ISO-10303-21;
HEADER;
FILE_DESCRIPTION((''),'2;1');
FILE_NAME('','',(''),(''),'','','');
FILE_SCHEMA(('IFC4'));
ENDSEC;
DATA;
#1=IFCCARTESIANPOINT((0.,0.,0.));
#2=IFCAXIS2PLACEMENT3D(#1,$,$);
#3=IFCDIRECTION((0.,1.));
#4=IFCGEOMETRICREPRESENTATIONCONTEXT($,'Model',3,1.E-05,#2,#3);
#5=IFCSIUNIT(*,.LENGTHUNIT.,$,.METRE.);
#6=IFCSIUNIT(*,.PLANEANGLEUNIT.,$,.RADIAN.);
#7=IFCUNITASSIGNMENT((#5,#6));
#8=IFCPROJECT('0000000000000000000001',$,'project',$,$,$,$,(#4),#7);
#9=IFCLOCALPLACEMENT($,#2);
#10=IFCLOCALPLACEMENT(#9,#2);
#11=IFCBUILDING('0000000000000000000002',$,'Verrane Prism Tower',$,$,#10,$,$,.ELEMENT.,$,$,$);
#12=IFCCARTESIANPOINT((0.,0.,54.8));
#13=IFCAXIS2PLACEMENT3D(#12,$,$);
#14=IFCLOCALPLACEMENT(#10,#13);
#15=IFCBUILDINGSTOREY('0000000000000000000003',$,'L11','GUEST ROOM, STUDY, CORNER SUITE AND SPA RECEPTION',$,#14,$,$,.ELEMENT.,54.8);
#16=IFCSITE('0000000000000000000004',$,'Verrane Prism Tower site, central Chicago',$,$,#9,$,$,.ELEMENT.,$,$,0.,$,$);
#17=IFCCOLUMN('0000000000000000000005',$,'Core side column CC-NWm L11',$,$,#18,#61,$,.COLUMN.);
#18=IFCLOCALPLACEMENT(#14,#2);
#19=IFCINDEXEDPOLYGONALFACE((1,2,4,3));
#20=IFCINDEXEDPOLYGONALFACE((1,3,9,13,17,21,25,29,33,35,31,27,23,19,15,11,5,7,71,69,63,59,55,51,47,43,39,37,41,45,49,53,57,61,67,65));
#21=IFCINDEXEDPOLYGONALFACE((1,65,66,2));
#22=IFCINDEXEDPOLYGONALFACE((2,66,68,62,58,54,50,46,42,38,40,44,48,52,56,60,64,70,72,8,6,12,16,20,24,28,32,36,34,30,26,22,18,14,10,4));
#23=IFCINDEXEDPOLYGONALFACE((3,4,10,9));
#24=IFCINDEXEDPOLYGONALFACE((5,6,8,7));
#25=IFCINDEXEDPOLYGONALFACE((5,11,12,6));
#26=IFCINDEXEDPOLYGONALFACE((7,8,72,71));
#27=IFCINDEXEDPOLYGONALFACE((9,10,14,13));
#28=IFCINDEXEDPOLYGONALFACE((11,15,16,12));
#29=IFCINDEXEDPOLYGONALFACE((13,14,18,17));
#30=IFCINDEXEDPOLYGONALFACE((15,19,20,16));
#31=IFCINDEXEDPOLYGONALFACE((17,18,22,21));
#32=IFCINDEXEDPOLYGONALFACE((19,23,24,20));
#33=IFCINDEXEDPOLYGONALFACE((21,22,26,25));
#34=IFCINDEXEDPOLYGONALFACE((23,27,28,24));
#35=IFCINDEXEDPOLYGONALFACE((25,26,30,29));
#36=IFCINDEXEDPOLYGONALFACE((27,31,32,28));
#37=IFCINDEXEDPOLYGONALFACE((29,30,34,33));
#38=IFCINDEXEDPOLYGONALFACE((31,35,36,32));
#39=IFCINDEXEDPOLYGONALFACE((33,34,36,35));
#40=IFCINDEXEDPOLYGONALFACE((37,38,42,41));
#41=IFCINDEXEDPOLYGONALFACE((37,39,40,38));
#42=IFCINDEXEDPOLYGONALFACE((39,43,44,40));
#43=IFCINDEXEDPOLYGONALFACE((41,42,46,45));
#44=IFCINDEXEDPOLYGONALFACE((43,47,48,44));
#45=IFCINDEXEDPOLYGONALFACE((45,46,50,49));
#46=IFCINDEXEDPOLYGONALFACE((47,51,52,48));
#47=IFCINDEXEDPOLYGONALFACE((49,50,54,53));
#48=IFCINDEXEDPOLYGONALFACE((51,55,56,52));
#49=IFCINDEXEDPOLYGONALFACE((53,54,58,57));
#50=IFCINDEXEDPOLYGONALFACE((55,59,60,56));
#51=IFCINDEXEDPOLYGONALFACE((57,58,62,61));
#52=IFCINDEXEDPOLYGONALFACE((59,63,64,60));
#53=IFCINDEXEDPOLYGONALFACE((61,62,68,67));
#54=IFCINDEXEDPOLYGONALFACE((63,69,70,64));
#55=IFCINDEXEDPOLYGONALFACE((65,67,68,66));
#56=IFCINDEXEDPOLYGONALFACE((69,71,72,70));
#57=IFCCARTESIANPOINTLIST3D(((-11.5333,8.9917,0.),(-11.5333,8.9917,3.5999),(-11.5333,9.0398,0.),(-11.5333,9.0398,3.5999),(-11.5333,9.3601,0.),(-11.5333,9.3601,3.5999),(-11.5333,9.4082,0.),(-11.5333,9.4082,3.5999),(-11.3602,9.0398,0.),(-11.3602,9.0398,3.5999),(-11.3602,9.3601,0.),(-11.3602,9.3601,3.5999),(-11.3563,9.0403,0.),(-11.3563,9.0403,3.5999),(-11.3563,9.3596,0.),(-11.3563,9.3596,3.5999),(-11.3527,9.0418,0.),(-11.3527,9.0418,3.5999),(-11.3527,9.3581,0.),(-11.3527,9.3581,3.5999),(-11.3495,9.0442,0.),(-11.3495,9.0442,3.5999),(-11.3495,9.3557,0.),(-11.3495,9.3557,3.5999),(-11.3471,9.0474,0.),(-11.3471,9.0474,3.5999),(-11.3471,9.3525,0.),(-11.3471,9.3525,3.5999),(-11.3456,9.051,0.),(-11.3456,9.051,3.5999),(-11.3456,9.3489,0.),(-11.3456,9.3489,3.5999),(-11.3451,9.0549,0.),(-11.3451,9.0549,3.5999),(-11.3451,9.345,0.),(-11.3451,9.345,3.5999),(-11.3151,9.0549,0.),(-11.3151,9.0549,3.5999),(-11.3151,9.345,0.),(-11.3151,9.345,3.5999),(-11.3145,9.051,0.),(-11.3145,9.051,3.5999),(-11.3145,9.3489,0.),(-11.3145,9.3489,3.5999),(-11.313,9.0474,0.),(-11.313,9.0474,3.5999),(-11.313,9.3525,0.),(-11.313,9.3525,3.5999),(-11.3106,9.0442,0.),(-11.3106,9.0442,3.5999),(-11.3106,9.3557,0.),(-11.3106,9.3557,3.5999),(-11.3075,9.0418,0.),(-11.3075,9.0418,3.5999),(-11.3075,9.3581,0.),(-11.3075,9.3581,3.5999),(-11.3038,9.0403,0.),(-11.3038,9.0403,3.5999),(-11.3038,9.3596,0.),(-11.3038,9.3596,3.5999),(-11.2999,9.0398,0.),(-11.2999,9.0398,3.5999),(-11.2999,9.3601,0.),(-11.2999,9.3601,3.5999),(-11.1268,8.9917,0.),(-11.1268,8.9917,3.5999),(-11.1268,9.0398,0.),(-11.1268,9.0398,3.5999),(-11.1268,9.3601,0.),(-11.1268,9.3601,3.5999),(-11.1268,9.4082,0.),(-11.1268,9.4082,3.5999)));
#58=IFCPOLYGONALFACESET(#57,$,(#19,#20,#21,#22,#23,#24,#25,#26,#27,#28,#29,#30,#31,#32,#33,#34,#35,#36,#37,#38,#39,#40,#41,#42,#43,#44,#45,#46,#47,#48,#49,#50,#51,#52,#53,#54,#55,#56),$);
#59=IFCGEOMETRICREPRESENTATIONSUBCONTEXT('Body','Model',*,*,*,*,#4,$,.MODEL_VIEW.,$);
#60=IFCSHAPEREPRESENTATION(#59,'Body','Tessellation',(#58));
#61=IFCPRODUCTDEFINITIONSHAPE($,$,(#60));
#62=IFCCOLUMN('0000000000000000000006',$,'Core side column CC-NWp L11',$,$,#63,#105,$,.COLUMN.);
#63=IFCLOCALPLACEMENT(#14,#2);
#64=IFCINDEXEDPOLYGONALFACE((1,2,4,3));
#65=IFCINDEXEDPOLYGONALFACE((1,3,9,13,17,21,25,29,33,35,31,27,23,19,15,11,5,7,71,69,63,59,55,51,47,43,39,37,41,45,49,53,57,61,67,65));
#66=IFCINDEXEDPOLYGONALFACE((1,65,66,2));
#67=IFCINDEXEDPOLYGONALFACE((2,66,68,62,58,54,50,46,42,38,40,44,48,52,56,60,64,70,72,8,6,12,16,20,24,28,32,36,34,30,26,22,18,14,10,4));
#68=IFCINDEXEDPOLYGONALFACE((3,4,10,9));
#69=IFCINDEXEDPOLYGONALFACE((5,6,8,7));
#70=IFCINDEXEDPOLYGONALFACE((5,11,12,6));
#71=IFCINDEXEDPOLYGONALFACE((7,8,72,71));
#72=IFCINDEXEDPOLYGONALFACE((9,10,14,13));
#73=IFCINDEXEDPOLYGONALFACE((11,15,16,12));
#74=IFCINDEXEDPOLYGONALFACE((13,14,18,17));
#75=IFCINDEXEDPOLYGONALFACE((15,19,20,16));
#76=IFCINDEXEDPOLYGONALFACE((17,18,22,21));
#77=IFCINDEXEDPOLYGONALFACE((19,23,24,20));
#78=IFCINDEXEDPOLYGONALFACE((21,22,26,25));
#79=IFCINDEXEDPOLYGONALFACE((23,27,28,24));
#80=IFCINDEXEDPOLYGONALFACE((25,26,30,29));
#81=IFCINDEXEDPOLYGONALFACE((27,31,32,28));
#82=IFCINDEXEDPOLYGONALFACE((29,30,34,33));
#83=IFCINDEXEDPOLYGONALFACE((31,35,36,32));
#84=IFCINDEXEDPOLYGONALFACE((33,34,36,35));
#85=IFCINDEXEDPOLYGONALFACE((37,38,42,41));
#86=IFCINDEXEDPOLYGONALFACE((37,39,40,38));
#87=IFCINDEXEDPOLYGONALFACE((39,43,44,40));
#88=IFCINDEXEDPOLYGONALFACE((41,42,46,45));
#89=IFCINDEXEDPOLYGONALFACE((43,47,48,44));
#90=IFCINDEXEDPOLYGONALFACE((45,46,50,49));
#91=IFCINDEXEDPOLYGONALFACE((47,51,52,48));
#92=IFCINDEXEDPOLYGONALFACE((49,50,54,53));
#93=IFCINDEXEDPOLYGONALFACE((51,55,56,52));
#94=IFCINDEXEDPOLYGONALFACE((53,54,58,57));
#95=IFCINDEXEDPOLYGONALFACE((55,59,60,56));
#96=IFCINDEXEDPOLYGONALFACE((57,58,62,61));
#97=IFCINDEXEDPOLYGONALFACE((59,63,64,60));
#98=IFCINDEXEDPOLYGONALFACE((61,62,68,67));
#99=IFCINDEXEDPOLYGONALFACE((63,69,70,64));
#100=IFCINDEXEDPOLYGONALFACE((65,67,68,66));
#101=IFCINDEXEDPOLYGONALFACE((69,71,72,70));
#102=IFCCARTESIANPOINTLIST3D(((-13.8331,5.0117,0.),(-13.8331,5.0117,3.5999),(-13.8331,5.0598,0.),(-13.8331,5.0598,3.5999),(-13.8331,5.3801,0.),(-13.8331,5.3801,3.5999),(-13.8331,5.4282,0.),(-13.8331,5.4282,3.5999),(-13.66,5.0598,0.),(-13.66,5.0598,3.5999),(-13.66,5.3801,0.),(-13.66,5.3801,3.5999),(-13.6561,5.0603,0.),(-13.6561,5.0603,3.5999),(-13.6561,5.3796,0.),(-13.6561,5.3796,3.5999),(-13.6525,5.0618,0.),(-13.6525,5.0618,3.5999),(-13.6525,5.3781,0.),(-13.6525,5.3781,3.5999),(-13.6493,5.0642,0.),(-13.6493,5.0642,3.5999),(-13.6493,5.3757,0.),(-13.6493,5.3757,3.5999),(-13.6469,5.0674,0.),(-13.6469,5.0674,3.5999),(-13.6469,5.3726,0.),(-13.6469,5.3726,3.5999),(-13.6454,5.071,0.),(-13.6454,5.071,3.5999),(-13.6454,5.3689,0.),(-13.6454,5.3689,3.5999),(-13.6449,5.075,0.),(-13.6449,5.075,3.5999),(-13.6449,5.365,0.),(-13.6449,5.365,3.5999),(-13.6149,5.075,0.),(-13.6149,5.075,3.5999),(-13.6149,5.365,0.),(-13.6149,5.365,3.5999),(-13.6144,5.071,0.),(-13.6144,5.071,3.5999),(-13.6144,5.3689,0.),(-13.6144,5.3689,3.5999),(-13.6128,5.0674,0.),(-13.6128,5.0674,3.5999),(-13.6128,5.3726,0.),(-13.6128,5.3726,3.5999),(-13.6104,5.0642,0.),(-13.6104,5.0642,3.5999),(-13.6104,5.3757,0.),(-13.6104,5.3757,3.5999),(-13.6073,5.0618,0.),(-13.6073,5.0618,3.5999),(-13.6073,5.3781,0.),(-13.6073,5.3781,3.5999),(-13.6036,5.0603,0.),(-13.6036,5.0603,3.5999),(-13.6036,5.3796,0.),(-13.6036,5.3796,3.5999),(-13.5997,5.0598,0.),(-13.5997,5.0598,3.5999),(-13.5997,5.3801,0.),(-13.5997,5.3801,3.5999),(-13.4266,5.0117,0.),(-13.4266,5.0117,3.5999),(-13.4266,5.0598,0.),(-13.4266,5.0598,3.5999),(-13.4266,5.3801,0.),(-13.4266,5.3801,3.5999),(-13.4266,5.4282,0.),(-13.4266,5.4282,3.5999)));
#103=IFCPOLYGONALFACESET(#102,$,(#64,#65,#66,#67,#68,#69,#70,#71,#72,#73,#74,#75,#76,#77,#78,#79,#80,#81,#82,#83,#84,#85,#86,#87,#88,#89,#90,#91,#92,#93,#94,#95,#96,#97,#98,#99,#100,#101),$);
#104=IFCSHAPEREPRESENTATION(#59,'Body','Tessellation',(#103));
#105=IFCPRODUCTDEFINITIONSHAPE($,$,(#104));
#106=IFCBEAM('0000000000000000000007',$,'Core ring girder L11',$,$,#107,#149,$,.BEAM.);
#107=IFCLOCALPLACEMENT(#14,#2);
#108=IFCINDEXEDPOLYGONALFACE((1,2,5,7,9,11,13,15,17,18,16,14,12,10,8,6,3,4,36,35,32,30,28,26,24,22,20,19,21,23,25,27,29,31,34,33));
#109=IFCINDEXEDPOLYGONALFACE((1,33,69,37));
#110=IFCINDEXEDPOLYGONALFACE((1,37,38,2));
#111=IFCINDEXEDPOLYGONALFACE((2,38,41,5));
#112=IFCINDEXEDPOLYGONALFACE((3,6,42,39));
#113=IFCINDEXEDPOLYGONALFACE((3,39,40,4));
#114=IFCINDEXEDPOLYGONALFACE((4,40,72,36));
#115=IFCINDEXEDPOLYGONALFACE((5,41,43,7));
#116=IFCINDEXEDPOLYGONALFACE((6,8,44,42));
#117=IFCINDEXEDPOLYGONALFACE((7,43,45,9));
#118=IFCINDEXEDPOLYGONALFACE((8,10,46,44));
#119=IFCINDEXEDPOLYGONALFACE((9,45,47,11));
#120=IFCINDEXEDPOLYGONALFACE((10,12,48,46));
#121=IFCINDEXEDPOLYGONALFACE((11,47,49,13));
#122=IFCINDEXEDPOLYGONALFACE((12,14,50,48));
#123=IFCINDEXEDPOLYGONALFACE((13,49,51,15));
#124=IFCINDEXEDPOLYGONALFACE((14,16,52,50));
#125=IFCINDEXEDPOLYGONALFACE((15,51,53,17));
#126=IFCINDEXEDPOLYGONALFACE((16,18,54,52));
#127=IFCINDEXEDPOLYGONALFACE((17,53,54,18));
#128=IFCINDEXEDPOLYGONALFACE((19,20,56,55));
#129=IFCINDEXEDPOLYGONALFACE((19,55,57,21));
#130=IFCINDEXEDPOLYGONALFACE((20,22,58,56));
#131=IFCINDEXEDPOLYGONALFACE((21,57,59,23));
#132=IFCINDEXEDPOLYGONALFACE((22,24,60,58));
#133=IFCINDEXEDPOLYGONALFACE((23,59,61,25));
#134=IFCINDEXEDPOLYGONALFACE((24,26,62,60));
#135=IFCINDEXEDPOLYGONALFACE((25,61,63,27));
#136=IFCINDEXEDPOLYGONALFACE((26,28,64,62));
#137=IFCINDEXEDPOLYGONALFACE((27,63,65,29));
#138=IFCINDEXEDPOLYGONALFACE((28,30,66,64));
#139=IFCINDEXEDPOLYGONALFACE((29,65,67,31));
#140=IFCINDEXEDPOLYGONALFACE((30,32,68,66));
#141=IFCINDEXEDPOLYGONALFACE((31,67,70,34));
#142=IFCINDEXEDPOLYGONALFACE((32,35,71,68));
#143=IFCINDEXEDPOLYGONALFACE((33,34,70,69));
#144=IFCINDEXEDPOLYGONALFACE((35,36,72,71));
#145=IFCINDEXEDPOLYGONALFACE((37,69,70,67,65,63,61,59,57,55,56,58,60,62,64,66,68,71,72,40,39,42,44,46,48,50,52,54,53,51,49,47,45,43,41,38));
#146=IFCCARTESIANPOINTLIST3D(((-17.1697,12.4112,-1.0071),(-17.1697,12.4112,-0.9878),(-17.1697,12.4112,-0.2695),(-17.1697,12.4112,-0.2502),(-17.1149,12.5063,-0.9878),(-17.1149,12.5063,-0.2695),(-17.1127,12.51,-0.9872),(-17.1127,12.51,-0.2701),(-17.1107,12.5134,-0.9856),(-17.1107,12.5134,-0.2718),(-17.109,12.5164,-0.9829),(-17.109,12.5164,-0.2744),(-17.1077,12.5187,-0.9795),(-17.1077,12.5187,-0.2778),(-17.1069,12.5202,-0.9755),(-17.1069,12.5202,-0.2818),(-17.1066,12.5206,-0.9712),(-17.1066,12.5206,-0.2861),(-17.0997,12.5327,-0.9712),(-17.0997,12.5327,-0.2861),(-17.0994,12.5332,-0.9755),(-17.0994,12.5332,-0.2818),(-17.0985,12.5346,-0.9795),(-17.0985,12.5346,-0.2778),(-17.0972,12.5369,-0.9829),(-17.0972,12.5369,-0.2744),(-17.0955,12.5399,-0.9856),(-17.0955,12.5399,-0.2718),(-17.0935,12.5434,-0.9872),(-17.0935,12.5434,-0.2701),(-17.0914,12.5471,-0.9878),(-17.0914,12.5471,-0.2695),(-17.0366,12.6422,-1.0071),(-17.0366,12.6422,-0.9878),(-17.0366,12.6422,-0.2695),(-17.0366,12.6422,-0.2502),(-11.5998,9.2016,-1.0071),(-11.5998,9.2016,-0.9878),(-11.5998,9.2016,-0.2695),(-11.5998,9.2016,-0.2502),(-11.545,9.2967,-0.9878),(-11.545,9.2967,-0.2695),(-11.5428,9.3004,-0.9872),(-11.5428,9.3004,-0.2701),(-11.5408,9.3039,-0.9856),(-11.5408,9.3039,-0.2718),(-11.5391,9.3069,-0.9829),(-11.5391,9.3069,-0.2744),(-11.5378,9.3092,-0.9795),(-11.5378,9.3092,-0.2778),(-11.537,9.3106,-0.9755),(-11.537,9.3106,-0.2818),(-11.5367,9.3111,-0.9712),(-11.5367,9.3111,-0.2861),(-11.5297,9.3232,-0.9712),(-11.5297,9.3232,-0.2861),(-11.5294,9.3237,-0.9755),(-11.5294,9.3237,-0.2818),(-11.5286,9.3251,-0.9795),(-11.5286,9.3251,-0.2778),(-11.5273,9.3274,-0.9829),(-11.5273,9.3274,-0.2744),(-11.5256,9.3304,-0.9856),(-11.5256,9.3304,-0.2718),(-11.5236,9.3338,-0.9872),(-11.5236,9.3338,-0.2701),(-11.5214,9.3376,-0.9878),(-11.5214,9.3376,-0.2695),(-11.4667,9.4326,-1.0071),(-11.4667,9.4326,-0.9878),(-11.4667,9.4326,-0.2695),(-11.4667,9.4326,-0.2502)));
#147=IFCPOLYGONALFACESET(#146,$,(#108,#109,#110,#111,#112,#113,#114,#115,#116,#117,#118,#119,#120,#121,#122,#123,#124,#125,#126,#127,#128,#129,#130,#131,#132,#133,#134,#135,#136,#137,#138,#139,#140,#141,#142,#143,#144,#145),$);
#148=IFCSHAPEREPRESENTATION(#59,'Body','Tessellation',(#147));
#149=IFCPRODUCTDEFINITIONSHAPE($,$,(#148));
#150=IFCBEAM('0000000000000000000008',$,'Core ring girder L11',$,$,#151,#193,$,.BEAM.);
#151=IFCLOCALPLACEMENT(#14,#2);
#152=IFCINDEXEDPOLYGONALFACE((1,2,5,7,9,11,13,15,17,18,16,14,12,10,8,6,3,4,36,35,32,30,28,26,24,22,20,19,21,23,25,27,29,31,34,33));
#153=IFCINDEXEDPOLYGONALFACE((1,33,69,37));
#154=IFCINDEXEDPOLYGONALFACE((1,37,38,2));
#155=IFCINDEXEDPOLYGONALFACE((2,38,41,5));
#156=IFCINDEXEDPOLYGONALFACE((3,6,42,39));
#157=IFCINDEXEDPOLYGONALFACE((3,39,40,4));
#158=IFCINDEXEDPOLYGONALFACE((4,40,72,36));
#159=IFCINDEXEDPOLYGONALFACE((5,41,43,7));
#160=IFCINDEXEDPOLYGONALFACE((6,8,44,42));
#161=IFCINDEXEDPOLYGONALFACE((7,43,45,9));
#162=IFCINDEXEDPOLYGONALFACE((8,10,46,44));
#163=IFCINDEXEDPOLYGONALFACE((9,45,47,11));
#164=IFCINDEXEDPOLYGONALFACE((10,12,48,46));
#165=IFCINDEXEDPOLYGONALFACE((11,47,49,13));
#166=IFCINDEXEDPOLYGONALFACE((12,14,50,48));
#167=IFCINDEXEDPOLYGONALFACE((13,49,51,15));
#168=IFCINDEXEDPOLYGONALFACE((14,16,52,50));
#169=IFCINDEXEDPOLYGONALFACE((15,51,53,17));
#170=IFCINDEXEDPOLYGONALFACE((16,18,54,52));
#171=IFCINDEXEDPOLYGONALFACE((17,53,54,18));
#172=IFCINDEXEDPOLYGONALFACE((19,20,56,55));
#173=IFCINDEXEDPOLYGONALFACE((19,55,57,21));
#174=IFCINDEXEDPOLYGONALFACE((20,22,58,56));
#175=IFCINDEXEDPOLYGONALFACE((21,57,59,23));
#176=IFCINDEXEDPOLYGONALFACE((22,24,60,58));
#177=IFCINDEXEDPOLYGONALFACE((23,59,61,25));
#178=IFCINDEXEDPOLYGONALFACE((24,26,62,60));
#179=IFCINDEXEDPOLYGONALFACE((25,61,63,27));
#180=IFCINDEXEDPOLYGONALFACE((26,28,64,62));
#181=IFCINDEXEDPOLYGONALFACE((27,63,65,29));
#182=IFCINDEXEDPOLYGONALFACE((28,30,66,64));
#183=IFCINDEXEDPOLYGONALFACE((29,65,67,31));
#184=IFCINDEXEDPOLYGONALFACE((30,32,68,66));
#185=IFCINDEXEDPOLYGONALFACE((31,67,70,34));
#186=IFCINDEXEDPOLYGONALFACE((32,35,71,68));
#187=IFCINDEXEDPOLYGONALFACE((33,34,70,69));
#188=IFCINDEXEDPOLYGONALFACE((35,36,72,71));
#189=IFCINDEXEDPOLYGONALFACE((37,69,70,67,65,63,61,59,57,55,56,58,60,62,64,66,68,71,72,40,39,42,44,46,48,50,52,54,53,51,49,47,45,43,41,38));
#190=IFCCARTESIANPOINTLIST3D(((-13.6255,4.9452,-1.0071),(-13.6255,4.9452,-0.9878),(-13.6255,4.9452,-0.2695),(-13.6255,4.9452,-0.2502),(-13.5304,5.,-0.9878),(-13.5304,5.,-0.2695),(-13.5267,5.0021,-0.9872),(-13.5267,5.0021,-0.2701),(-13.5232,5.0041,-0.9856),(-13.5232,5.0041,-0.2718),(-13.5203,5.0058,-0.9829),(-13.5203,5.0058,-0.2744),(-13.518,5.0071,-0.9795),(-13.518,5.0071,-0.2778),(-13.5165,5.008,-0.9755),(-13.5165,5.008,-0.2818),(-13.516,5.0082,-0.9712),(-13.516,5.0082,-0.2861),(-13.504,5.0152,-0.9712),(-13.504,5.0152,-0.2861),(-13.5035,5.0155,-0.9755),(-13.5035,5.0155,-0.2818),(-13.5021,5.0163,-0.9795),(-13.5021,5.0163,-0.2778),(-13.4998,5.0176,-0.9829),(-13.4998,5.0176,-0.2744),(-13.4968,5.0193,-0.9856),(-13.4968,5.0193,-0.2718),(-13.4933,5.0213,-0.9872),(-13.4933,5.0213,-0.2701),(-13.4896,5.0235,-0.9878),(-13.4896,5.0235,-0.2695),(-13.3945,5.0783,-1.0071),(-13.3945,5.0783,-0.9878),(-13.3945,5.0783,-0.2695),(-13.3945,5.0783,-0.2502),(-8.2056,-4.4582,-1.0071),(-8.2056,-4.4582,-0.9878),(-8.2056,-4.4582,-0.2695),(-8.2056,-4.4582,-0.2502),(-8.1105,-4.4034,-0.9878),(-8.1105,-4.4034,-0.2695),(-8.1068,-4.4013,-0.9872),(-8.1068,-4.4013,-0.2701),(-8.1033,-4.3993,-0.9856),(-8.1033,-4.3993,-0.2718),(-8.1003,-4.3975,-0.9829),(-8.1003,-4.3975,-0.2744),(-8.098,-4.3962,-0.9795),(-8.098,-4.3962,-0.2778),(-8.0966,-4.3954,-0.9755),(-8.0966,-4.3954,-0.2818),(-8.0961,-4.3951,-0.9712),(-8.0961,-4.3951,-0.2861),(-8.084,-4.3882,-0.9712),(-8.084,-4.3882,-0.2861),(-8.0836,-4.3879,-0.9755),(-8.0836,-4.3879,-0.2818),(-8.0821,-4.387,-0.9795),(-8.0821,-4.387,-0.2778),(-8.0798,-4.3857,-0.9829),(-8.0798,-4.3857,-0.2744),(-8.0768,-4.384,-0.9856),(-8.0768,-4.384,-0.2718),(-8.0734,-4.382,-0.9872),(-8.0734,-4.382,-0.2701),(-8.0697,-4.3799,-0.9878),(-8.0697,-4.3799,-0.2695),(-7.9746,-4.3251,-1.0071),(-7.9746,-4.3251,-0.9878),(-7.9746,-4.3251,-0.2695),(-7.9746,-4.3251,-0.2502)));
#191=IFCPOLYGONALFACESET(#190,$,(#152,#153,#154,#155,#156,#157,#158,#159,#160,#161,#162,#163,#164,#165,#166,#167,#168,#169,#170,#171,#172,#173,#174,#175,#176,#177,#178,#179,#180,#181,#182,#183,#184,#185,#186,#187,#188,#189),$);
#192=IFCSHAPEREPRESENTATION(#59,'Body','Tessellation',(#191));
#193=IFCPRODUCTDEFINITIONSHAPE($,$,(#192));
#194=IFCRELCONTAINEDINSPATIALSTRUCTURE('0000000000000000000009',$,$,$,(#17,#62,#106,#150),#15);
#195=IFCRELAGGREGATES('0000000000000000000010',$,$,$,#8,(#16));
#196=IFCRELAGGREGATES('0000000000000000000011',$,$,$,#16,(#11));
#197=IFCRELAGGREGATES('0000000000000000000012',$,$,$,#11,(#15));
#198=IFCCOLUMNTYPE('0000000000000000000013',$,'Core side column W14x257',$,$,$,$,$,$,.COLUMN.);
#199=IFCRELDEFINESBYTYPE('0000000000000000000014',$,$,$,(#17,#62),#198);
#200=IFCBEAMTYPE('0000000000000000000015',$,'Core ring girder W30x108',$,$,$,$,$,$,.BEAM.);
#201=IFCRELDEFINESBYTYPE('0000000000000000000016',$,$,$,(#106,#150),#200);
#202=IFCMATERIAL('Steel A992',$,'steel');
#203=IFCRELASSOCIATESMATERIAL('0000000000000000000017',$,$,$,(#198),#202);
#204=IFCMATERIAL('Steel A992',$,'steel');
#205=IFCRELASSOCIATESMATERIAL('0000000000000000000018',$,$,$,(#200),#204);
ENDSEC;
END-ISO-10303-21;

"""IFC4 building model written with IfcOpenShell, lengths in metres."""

from ifc_helpers import new_model, si_unit, direction, frame, origin, origin_2d, place, context, subcontext, project, spatial, i_section, extrude, material, material_profile, profile_set, type_object, element, save


model = new_model("IFC4")

# Units and contexts
model_context = context("Model", 3, precision=1e-05, world=origin(), true_north=direction((0.0, 1.0)))
body_context = subcontext(model_context, "Body", "Model", "MODEL_VIEW")
ifc_project = project(units=[si_unit("LENGTHUNIT", "METRE"), si_unit("PLANEANGLEUNIT", "RADIAN")], contexts=[model_context])

# Site, building, storey
site_placement = place(None, origin())
site = spatial("IfcSite", under=ifc_project, at=site_placement, Name="Verrane Prism Tower site, central Chicago", CompositionType="ELEMENT", RefElevation=0.0)
building_placement = place(site_placement, origin())
building = spatial("IfcBuilding", under=site, at=building_placement, Name="Verrane Prism Tower", CompositionType="ELEMENT")
storey_placement = place(building_placement, frame((0.0, 0.0, 54.8)))
storey = spatial("IfcBuildingStorey", under=building, at=storey_placement, Name="L11", Description="GUEST ROOM, STUDY, CORNER SUITE AND SPA RECEPTION", CompositionType="ELEMENT", Elevation=54.8)

# Columns
ifc_material_1 = material(Name="Steel A992", Category="steel")
ifc_material_profile_1 = material_profile(ifc_material_1, i_section(OverallWidth=0.4065, OverallDepth=0.4165, WebThickness=0.03, FlangeThickness=0.0481, FilletRadius=0.0151, at=origin_2d()), Name="W14x257")
ifc_profile_set_1 = profile_set([ifc_material_profile_1], Name="Steel A992")
column_type = type_object("IfcColumnType", Name="Core side column W14x257", PredefinedType="COLUMN", material=ifc_profile_set_1)
for number, where, z_axis, x_axis, name in (
    (1, (-11.3301, 9.2, 0.0), (0.0, 0.0, 1.0), (1.0, 0.0, 0.0), "Core side column CC-NWm L11"),
    (2, (-13.6299, 5.22, 0.0), (0.0, 0.0, 1.0), (1.0, 0.0, 0.0), "Core side column CC-NWp L11"),
):
    element("IfcColumn", number, at=place(storey_placement, frame(where, z_axis=z_axis, x_axis=x_axis)), inside=storey, type_object=column_type, Name=name, PredefinedType="COLUMN", context=body_context, shape_type="SweptSolid", body=[
        extrude(i_section(OverallWidth=0.4065, OverallDepth=0.4165, WebThickness=0.03, FlangeThickness=0.0481, FilletRadius=0.0151, at=origin_2d()), origin(), (0.0, 0.0, 1.0), 3.5999),
    ])

# Beams
ifc_material_2 = material(Name="Steel A992", Category="steel")
ifc_material_profile_2 = material_profile(ifc_material_2, i_section(OverallWidth=0.2666, OverallDepth=0.7568, WebThickness=0.0139, FlangeThickness=0.0193, FilletRadius=0.0166, at=origin_2d()), Name="W30x108")
ifc_profile_set_2 = profile_set([ifc_material_profile_2], Name="Steel A992")
beam_type_1 = type_object("IfcBeamType", Name="Core ring girder W30x108", PredefinedType="BEAM", material=ifc_profile_set_2)
beam_1_placement = place(storey_placement, frame((-11.5332, 9.3171, -0.6287), z_axis=(-0.866447, 0.499269, 0.0), x_axis=(-0.499269, -0.866447, 0.0)))
element("IfcBeam", 3, at=beam_1_placement, inside=storey, type_object=beam_type_1, Name="Core ring girder L11", PredefinedType="BEAM", context=body_context, shape_type="SweptSolid", body=[
    extrude(i_section(OverallWidth=0.2666, OverallDepth=0.7568, WebThickness=0.0139, FlangeThickness=0.0193, FilletRadius=0.0166, at=origin_2d()), origin(), (0.0, 0.0, 1.0), 6.4285),
])
beam_2_placement = place(storey_placement, frame((-13.51, 5.0117, -0.6287), z_axis=(0.499372, -0.866388, 0.0), x_axis=(0.866388, 0.499372, 0.0)))
element("IfcBeam", 4, at=beam_2_placement, inside=storey, type_object=beam_type_1, Name="Core ring girder L11", PredefinedType="BEAM", context=body_context, shape_type="SweptSolid", body=[
    extrude(i_section(OverallWidth=0.2666, OverallDepth=0.7568, WebThickness=0.0139, FlangeThickness=0.0193, FilletRadius=0.0166, at=origin_2d()), origin(), (0.0, 0.0, 1.0), 10.8535),
])

save(model, "model.ifc")
